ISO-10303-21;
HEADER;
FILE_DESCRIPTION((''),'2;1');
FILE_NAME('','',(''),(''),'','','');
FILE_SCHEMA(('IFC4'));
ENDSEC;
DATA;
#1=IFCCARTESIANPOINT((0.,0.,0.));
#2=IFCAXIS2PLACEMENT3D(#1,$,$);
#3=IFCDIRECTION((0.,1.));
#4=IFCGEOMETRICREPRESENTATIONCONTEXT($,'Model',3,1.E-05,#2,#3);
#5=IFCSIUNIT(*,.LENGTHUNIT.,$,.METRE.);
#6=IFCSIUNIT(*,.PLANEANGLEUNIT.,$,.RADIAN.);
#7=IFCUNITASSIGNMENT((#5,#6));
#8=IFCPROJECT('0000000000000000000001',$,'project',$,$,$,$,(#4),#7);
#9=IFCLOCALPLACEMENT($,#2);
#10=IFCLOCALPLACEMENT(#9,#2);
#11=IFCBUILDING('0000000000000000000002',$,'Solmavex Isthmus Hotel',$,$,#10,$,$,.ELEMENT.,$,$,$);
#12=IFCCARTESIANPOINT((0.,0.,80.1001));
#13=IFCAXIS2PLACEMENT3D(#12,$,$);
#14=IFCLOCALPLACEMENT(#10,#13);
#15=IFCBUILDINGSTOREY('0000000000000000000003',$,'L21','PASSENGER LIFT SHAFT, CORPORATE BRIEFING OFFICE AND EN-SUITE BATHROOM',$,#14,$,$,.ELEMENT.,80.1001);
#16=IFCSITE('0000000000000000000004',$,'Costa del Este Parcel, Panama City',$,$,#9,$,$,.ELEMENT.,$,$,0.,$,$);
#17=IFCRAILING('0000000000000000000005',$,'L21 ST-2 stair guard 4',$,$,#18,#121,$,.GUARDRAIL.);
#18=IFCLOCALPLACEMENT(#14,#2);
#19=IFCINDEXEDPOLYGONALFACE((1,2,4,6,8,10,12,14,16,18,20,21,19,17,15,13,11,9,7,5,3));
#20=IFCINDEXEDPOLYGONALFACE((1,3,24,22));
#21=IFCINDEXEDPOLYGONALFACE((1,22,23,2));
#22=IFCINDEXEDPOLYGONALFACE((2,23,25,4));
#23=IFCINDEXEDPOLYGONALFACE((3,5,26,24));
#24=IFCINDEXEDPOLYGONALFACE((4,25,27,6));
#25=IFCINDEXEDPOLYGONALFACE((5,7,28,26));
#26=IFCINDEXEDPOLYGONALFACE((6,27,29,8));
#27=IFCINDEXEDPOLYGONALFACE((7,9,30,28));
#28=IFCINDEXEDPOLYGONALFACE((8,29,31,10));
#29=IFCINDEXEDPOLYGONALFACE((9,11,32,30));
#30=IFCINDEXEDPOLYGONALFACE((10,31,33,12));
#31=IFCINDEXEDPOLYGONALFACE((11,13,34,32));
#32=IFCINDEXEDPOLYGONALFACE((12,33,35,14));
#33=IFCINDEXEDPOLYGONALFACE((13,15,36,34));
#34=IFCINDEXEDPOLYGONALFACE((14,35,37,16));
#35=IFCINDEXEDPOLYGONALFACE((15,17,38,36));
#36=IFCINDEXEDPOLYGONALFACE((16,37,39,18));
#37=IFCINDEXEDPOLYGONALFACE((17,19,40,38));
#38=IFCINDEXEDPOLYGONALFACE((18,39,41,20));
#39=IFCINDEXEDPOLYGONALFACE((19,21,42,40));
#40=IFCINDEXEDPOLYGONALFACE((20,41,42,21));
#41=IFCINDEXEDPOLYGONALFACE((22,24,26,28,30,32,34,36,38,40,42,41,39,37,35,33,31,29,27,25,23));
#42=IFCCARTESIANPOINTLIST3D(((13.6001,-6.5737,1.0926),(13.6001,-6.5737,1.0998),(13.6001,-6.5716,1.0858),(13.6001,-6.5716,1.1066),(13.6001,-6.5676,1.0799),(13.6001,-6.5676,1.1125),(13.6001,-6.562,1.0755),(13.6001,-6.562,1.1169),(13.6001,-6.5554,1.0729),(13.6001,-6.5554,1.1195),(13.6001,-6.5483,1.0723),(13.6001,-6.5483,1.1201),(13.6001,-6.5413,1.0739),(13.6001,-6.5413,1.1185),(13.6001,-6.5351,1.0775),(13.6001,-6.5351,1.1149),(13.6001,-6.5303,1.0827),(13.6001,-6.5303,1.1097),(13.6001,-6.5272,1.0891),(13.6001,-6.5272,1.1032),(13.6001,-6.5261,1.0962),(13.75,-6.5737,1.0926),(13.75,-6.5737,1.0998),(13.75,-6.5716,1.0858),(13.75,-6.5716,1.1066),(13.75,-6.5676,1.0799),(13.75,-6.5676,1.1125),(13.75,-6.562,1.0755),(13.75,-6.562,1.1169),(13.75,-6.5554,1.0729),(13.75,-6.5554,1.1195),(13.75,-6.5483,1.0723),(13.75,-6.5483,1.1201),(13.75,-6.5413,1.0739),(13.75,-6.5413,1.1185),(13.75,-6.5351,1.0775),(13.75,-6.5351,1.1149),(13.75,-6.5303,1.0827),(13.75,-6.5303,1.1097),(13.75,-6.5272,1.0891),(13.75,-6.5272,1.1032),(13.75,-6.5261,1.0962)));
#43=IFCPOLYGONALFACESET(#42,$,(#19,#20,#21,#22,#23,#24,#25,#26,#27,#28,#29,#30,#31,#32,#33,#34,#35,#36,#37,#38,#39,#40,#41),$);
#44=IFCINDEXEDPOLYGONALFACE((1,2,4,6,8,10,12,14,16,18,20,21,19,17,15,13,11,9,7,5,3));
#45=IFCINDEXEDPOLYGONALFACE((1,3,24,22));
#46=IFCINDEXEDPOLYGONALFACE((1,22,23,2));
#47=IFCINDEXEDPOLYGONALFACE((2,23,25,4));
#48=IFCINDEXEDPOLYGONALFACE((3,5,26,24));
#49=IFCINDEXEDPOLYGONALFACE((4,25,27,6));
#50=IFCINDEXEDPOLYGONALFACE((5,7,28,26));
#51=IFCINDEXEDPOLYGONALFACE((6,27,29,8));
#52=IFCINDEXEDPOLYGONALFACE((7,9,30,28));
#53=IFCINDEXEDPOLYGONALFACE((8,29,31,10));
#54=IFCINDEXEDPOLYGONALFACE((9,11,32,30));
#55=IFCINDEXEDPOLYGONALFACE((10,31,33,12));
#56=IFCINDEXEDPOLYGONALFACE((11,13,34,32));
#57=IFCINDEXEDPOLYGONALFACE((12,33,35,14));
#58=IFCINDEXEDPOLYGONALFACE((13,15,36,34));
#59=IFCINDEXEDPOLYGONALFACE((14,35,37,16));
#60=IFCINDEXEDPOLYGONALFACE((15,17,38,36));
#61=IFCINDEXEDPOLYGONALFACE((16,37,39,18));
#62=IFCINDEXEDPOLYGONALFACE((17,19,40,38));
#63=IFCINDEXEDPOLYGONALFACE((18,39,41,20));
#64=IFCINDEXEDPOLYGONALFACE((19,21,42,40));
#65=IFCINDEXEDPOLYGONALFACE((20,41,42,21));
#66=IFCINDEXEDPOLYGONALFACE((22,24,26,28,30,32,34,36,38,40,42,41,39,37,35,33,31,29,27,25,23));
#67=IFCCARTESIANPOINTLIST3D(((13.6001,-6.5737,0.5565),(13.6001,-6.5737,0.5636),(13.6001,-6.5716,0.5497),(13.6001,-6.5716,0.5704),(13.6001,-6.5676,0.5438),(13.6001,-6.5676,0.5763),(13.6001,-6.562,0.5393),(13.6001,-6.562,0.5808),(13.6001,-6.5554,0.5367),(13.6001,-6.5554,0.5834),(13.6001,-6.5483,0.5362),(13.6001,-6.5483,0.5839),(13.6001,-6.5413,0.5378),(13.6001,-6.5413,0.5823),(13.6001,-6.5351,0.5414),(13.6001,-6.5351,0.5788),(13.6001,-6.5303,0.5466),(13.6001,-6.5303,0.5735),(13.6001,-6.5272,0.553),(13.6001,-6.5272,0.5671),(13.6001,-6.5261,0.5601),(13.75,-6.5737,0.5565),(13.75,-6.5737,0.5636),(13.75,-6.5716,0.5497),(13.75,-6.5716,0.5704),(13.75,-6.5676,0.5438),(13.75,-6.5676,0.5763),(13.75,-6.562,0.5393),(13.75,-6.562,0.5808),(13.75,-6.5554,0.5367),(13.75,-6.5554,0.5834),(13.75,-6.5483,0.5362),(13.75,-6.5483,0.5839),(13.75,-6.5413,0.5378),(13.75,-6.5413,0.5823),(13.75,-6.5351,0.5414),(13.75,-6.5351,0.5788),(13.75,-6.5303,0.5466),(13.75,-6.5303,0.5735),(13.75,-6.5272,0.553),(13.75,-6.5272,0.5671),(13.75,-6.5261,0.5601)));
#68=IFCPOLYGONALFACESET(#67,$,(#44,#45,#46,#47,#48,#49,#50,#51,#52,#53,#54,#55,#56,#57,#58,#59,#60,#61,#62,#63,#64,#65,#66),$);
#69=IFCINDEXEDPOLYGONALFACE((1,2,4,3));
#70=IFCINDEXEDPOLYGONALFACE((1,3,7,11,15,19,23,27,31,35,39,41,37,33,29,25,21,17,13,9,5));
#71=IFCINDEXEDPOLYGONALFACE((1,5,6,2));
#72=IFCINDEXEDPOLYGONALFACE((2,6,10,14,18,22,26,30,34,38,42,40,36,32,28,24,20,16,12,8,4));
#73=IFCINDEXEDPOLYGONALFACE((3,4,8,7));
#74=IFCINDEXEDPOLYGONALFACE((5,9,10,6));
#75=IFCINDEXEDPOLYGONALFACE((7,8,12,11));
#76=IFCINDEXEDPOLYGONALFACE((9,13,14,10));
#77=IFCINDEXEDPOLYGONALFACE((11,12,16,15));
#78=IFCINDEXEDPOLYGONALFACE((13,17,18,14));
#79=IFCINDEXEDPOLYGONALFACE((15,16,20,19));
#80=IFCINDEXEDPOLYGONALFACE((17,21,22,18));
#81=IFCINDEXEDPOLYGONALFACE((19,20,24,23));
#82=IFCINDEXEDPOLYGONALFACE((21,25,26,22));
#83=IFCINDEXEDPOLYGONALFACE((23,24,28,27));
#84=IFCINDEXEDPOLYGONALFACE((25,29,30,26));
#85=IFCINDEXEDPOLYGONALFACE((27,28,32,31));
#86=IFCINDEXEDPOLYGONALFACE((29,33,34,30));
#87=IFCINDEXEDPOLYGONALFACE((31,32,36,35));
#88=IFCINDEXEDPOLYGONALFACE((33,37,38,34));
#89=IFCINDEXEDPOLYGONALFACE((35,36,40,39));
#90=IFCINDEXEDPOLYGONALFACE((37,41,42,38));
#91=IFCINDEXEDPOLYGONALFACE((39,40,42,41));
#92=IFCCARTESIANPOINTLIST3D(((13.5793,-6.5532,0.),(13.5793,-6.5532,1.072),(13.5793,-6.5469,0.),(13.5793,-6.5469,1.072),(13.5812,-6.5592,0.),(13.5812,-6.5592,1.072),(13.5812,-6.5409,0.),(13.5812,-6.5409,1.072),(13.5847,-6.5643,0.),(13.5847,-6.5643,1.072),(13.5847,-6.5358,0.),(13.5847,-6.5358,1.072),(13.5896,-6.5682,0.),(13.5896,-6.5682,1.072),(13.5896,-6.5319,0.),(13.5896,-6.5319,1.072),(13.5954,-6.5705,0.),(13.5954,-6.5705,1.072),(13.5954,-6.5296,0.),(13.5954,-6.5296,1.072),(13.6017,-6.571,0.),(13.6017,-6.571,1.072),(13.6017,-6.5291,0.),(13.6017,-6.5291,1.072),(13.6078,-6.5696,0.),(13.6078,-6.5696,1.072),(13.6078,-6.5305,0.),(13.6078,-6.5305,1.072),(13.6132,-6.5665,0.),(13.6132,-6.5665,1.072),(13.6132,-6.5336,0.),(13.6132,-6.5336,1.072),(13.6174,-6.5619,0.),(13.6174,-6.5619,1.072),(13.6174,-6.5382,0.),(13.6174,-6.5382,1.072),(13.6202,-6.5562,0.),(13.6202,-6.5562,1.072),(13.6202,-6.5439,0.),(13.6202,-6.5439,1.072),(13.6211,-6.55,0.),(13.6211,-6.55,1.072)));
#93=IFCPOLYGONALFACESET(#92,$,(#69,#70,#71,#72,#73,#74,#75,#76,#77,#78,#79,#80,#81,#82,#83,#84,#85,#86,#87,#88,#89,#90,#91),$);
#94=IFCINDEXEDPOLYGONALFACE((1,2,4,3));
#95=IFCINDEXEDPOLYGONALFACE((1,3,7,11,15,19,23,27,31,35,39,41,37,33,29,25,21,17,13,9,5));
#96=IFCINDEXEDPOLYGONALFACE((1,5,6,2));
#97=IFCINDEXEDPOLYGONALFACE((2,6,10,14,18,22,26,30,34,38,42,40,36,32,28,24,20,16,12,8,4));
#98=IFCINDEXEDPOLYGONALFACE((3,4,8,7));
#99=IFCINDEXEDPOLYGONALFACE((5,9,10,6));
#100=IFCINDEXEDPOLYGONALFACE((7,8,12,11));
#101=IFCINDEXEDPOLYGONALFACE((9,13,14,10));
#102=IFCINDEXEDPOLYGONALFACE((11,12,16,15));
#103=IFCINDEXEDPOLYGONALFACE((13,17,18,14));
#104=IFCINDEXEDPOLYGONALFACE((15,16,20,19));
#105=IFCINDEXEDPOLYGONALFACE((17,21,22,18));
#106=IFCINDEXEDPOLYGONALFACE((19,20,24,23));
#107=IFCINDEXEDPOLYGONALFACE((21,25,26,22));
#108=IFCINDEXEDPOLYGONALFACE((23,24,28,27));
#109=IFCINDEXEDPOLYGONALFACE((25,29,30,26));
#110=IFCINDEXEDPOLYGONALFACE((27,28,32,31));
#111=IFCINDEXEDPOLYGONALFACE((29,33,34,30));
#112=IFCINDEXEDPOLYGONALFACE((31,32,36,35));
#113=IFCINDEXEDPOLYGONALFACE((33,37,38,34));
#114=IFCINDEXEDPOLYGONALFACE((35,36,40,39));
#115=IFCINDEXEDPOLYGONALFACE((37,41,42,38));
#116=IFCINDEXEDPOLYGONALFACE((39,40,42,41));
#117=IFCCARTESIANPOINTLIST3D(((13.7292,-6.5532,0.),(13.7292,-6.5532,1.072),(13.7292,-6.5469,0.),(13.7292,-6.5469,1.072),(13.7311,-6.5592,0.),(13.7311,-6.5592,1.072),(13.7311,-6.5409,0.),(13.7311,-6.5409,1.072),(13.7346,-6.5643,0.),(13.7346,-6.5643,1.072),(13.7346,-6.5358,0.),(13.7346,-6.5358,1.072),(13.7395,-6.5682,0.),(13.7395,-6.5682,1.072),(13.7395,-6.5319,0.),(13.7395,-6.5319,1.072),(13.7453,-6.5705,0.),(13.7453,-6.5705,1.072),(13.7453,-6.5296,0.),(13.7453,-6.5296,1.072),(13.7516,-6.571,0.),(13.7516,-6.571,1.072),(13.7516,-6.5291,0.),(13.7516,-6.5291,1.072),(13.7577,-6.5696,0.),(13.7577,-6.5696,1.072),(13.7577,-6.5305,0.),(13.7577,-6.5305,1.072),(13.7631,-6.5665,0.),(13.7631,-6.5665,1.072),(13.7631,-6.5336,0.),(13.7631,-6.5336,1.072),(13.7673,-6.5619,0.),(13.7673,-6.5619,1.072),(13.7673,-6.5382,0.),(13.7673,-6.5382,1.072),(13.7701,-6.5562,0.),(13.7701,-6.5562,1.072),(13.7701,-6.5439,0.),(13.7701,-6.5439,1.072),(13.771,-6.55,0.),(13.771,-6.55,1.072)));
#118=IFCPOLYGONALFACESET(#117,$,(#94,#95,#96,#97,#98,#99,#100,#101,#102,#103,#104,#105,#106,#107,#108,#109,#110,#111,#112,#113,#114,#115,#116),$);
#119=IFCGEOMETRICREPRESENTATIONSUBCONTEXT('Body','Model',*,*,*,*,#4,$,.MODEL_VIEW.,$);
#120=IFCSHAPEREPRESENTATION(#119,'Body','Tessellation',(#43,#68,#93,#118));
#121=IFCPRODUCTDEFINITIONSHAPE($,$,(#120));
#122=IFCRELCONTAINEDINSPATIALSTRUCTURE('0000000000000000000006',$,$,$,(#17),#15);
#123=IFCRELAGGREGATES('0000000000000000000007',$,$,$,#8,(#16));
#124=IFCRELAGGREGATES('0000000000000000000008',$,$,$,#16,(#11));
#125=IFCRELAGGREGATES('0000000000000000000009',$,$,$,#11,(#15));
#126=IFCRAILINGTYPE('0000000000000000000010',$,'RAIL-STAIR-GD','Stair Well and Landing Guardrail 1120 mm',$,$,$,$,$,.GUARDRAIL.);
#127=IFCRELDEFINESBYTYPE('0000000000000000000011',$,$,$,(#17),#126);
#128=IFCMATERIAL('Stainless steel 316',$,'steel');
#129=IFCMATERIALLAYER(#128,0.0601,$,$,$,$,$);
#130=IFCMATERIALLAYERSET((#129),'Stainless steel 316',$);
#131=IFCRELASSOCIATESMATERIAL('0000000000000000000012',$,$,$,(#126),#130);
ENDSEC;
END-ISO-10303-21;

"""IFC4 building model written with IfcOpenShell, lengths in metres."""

from ifc_helpers import new_model, si_unit, direction, frame, origin, origin_2d, place, context, subcontext, project, spatial, circle, extrude, material, layer, layer_set, type_object, element, save


model = new_model("IFC4")

# Units and contexts
model_context = context("Model", 3, precision=1e-05, world=origin(), true_north=direction((0.0, 1.0)))
body_context = subcontext(model_context, "Body", "Model", "MODEL_VIEW")
ifc_project = project(units=[si_unit("LENGTHUNIT", "METRE"), si_unit("PLANEANGLEUNIT", "RADIAN")], contexts=[model_context])

# Site, building, storey
site_placement = place(None, origin())
site = spatial("IfcSite", under=ifc_project, at=site_placement, Name="Costa del Este Parcel, Panama City", CompositionType="ELEMENT", RefElevation=0.0)
building_placement = place(site_placement, origin())
building = spatial("IfcBuilding", under=site, at=building_placement, Name="Solmavex Isthmus Hotel", CompositionType="ELEMENT")
storey_placement = place(building_placement, frame((0.0, 0.0, 80.1001)))
storey = spatial("IfcBuildingStorey", under=building, at=storey_placement, Name="L21", Description="PASSENGER LIFT SHAFT, CORPORATE BRIEFING OFFICE AND EN-SUITE BATHROOM", CompositionType="ELEMENT", Elevation=80.1001)

# Railing
ifc_material_1 = material(Name="Stainless steel 316", Category="steel")
ifc_layer_1 = layer(ifc_material_1, 0.0601)
ifc_layer_set_1 = layer_set([ifc_layer_1], Name="Stainless steel 316")
railing_type_1 = type_object("IfcRailingType", Name="RAIL-STAIR-GD", Description="Stair Well and Landing Guardrail 1120 mm", PredefinedType="GUARDRAIL", material=ifc_layer_set_1)
railing_1_placement = place(storey_placement, frame((13.6001, -6.55, 0.0)))
element("IfcRailing", 1, at=railing_1_placement, inside=storey, type_object=railing_type_1, Name="L21 ST-2 stair guard 4", PredefinedType="GUARDRAIL", context=body_context, shape_type="SweptSolid", body=[
    extrude(circle(Radius=0.0239, at=origin_2d()), frame((0.0, 0.0, 1.0962), z_axis=(1.0, 0.0, 0.0), x_axis=(0.0, 1.0, 0.0)), (0.0, 0.0, 1.0), 0.1499),
    extrude(circle(Radius=0.0239, at=origin_2d()), frame((0.0, 0.0, 0.5601), z_axis=(1.0, 0.0, 0.0), x_axis=(0.0, 1.0, 0.0)), (0.0, 0.0, 1.0), 0.1499),
    extrude(circle(Radius=0.021, at=origin_2d()), origin(), (0.0, 0.0, 1.0), 1.072),
    extrude(circle(Radius=0.021, at=origin_2d()), frame((0.1499, 0.0, 0.0)), (0.0, 0.0, 1.0), 1.072),
])

save(model, "model.ifc")
